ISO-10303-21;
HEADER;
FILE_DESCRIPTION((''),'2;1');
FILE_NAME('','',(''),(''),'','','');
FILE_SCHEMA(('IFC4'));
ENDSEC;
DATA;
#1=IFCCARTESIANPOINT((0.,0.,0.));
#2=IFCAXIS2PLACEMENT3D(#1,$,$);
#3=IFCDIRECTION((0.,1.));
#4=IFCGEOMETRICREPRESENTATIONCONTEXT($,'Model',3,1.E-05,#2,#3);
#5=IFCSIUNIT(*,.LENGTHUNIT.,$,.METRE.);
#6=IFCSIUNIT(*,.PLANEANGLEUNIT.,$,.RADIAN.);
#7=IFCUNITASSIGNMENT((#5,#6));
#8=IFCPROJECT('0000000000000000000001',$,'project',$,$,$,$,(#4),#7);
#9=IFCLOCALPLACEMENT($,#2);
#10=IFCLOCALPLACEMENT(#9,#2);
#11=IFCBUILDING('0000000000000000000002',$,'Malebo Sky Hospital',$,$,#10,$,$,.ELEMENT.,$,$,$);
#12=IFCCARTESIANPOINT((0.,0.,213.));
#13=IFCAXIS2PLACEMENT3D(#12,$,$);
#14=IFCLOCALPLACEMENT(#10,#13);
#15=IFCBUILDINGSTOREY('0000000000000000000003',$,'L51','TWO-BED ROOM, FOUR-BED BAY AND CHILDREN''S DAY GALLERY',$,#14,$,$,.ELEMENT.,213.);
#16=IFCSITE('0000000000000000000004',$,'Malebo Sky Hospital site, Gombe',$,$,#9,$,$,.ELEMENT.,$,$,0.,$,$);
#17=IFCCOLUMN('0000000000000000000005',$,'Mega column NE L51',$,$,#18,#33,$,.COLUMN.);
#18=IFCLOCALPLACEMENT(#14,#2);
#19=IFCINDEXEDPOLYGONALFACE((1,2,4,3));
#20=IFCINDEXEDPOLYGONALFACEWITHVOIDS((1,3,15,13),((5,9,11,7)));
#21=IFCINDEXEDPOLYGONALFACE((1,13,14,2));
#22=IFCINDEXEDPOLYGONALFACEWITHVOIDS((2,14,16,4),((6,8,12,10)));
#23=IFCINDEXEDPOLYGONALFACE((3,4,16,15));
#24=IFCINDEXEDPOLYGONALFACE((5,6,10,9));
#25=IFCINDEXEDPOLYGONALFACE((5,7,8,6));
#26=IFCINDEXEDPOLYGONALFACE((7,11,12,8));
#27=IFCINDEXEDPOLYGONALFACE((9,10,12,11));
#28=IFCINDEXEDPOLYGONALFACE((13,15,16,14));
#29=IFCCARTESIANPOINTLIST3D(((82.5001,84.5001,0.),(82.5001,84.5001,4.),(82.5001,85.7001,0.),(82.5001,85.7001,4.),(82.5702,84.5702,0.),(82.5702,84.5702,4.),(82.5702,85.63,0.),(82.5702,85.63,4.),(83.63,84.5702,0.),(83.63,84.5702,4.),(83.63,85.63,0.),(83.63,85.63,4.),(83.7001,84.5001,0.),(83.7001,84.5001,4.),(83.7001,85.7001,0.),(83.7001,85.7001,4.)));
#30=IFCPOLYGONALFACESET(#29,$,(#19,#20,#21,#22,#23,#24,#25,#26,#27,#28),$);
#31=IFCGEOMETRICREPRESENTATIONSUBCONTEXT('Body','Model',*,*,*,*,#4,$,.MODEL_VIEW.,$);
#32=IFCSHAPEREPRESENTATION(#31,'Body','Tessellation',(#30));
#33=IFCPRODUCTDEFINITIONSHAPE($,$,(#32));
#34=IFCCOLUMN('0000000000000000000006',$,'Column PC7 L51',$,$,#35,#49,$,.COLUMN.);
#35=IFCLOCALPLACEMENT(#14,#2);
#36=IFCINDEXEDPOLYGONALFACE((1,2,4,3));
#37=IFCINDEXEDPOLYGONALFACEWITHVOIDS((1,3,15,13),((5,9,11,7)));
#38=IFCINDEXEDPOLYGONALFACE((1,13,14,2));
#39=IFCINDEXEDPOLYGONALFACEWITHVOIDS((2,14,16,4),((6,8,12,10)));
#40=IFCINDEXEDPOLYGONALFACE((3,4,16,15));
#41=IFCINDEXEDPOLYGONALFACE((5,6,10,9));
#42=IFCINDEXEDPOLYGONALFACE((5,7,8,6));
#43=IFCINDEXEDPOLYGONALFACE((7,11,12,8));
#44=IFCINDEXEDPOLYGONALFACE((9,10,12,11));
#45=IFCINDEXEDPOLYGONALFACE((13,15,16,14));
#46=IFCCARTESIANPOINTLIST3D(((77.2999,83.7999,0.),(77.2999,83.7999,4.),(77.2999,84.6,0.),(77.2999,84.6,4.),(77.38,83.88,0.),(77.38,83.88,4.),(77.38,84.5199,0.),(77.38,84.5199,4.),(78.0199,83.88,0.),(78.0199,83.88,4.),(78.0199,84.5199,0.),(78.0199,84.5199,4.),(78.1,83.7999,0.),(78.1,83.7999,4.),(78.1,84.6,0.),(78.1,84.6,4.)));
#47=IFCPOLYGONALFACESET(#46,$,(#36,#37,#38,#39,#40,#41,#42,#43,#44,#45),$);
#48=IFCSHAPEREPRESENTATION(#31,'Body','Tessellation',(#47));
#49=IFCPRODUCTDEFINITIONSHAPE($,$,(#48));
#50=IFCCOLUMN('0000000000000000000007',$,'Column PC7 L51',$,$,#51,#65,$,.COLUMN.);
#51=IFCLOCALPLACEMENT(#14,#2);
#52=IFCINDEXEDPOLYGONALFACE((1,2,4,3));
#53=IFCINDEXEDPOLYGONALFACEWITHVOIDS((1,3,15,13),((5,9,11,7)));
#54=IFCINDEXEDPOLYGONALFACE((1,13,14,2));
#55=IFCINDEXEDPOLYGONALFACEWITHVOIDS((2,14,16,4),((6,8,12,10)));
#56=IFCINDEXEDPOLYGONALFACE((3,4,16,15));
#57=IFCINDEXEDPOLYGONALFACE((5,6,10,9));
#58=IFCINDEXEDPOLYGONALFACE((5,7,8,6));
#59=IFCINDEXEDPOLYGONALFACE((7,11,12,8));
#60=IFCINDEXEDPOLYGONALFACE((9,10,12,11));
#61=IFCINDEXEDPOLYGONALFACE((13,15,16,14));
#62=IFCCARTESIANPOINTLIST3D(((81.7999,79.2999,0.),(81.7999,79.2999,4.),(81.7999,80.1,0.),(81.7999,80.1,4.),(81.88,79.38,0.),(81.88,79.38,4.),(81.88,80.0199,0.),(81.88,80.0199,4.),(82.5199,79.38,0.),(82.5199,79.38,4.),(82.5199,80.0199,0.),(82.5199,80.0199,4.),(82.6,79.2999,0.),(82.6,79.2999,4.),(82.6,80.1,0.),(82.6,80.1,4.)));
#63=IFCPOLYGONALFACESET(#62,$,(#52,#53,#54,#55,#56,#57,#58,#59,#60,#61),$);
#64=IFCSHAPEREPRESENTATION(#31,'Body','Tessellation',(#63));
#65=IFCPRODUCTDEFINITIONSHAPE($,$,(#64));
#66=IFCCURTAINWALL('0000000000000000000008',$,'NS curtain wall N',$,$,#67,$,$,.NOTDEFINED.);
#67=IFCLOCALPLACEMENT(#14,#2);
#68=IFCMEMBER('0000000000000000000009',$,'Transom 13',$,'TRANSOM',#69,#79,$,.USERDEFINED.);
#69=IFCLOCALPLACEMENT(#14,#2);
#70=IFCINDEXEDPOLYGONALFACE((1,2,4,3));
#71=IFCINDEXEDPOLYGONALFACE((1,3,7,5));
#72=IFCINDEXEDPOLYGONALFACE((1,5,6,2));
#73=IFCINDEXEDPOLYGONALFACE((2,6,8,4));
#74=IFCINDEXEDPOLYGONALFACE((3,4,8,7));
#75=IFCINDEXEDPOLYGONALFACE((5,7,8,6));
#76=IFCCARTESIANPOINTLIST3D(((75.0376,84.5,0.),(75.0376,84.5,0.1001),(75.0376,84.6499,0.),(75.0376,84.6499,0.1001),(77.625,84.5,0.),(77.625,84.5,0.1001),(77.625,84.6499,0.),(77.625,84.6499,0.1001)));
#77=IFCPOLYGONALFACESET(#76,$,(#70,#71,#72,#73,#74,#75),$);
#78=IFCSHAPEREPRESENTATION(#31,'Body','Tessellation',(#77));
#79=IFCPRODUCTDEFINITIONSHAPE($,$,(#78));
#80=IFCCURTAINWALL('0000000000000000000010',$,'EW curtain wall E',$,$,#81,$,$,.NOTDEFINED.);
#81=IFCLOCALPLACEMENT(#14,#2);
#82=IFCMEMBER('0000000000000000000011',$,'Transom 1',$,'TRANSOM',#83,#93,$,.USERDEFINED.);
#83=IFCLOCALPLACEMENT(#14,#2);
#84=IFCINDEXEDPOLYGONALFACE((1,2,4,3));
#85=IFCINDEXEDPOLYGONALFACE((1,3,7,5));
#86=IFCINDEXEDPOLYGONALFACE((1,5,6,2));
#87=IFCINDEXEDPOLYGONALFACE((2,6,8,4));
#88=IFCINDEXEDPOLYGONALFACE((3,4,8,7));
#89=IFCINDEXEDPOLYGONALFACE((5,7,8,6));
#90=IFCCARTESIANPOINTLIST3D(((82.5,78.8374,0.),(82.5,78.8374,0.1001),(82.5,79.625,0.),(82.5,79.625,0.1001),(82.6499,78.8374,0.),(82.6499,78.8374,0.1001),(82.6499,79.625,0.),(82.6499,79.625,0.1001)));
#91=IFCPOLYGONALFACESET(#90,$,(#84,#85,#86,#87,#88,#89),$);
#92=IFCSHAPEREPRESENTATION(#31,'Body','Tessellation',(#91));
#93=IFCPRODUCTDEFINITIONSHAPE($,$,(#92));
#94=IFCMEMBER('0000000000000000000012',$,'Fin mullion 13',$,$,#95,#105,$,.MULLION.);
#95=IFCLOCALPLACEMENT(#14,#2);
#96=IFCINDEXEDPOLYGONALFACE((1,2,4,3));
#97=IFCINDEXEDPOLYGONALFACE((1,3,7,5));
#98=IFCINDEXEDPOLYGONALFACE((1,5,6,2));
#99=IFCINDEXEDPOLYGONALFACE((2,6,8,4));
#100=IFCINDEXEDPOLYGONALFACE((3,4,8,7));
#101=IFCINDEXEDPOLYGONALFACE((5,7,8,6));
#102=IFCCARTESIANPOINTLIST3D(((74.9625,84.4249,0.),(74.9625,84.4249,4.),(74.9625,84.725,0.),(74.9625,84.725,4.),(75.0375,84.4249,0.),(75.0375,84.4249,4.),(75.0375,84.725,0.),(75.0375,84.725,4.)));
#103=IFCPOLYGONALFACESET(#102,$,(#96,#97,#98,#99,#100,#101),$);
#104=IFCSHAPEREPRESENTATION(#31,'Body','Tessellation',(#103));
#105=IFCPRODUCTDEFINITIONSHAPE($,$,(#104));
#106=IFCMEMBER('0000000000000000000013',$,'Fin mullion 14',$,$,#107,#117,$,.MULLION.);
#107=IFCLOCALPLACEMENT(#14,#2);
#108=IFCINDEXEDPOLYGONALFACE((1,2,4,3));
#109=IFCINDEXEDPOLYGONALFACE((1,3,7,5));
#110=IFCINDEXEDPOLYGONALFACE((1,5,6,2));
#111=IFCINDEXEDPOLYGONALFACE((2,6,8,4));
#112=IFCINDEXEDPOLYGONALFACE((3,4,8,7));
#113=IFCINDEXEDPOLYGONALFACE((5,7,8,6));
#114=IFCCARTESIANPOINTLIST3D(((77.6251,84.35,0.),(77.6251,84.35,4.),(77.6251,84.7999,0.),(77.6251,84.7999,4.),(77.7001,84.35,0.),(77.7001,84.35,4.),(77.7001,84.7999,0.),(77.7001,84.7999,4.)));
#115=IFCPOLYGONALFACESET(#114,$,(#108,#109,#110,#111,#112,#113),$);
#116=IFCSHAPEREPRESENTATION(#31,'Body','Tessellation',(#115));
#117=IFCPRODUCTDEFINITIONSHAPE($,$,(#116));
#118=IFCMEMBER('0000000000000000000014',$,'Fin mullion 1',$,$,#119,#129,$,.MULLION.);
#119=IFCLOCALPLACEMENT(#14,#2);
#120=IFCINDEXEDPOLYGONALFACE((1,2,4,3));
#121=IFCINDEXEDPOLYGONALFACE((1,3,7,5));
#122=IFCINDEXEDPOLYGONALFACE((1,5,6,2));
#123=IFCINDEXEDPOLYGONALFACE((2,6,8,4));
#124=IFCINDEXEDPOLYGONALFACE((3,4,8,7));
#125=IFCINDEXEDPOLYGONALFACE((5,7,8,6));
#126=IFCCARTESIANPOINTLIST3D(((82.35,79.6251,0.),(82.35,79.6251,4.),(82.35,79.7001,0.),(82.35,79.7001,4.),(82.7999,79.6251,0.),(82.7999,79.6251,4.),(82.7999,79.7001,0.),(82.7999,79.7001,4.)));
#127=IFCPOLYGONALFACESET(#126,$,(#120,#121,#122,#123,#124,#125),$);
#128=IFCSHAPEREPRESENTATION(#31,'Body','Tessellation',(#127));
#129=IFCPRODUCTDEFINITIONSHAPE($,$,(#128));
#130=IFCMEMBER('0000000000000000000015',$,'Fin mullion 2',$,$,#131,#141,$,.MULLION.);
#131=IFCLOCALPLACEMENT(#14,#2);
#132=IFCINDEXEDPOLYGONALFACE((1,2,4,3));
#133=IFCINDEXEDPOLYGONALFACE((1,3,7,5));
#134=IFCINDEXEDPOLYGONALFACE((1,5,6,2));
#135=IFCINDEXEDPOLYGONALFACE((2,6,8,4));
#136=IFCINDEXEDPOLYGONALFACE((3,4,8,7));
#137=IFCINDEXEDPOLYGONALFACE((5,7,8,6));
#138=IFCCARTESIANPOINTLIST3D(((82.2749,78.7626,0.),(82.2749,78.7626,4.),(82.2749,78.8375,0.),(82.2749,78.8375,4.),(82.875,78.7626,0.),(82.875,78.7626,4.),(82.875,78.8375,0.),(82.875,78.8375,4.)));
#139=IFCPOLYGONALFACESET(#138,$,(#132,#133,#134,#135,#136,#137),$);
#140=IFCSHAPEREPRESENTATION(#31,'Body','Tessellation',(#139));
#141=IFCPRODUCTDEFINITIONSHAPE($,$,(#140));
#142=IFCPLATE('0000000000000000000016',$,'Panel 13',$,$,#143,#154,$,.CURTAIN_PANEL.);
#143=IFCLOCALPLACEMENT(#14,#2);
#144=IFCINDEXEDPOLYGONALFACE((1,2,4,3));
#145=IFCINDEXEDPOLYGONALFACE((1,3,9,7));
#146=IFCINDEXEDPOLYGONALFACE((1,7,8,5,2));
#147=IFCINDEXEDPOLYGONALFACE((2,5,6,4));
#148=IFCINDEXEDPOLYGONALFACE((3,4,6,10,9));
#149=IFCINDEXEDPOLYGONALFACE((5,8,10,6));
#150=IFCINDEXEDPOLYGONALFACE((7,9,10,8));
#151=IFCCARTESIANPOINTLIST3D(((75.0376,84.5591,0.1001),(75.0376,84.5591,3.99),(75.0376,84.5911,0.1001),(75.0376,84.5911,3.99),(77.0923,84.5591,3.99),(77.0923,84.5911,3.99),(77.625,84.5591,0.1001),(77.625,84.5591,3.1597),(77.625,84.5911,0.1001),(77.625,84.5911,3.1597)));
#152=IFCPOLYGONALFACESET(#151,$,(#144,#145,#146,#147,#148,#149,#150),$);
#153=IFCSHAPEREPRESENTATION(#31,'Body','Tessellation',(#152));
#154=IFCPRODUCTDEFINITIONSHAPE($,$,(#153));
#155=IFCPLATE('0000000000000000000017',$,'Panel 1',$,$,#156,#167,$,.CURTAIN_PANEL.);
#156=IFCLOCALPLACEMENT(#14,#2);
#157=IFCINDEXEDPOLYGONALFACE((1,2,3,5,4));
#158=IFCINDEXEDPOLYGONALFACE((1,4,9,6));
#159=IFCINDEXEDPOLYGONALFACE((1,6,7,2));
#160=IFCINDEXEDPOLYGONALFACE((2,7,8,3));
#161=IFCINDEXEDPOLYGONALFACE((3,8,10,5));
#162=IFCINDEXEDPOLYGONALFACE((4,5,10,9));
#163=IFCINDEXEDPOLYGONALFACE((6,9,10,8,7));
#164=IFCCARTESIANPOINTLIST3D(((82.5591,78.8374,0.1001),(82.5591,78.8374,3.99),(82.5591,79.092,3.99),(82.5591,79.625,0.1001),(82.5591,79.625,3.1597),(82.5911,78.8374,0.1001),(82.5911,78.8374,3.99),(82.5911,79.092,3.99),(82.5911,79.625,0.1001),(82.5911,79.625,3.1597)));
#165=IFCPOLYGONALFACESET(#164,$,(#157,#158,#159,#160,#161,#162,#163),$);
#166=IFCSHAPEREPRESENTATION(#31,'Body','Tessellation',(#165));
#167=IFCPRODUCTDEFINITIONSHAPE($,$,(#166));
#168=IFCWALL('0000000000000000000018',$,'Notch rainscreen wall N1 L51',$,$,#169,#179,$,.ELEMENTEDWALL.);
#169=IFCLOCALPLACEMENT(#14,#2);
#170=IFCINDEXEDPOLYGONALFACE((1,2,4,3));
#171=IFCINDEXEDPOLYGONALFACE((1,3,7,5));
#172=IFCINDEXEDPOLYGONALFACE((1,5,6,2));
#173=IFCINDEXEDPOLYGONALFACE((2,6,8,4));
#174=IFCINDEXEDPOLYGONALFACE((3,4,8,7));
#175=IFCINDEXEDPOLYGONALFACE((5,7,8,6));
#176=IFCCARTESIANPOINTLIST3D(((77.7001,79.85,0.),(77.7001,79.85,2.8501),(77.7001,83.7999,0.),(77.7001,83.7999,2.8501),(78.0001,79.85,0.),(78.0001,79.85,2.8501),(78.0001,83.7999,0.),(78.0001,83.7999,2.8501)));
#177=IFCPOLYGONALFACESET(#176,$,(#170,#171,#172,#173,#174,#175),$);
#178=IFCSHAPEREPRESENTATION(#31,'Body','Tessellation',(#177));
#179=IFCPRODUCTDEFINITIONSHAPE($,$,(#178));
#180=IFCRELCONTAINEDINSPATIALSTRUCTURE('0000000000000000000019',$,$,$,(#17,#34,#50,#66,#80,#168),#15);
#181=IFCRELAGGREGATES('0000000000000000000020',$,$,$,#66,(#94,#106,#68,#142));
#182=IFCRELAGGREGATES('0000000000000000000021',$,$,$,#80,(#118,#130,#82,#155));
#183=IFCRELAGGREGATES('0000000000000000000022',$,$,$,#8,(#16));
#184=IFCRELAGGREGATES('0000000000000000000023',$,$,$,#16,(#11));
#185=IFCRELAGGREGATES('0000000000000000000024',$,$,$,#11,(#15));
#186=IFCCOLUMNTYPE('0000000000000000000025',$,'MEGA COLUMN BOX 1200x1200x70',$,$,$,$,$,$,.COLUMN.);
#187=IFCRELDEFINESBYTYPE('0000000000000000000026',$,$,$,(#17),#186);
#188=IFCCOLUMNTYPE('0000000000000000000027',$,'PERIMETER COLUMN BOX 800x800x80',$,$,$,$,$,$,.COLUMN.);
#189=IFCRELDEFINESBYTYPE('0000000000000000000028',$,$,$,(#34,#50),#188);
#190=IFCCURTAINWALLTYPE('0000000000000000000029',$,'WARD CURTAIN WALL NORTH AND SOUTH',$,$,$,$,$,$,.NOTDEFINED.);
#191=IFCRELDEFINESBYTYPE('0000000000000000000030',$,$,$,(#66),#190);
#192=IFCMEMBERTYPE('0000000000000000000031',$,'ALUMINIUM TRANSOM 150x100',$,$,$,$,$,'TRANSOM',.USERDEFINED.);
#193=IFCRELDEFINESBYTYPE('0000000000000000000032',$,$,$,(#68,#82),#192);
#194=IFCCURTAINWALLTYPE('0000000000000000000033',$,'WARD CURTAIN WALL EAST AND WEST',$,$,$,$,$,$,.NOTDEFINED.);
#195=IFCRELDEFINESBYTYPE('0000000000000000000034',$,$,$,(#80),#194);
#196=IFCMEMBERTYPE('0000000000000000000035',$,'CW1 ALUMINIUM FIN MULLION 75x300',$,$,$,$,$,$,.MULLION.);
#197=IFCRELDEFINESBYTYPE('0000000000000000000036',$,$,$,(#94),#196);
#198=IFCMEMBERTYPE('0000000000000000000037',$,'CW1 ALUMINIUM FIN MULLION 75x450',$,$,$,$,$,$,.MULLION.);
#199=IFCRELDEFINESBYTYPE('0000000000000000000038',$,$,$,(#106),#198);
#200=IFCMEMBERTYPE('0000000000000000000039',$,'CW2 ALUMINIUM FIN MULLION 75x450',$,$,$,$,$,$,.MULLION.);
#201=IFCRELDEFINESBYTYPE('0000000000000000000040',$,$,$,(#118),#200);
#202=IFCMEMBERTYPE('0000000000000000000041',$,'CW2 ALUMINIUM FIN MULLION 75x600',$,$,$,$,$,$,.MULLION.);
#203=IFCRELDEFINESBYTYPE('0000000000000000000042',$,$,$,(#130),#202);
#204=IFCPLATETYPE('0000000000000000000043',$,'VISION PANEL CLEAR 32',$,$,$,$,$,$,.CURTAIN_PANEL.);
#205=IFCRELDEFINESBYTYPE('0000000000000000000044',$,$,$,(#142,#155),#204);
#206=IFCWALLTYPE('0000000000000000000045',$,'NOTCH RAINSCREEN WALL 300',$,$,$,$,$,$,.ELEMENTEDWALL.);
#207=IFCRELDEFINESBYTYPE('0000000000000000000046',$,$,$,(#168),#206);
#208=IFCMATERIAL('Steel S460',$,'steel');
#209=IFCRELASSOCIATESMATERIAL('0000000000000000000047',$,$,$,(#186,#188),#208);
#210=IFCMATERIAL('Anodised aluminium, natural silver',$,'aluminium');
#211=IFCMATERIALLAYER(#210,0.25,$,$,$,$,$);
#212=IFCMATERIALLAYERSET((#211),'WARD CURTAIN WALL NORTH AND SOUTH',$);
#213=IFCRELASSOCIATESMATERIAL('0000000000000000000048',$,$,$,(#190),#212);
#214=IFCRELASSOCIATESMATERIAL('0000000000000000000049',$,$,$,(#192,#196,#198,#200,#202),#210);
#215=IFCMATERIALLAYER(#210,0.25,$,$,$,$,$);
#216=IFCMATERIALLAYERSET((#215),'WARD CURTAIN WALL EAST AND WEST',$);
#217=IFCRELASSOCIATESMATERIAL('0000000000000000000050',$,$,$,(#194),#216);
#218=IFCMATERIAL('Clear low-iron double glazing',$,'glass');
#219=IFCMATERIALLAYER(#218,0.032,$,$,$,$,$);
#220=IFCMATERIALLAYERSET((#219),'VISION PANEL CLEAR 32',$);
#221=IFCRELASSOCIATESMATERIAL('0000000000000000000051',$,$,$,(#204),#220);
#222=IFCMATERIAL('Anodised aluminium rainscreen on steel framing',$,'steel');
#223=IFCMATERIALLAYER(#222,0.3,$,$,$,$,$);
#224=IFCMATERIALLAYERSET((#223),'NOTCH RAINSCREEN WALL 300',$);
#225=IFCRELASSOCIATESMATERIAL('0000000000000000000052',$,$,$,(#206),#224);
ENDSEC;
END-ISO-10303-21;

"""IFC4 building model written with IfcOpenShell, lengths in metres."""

from ifc_helpers import new_model, si_unit, direction, frame, frame_2d, origin, origin_2d, place, context, subcontext, project, spatial, polyline, rectangle, hollow_rectangle, outline, extrude, material, layer, layer_set, material_profile, profile_set, type_object, element, aggregate, save


model = new_model("IFC4")

# Units and contexts
model_context = context("Model", 3, precision=1e-05, world=origin(), true_north=direction((0.0, 1.0)))
body_context = subcontext(model_context, "Body", "Model", "MODEL_VIEW")
ifc_project = project(units=[si_unit("LENGTHUNIT", "METRE"), si_unit("PLANEANGLEUNIT", "RADIAN")], contexts=[model_context])

# Site, building, storey
site_placement = place(None, origin())
site = spatial("IfcSite", under=ifc_project, at=site_placement, Name="Malebo Sky Hospital site, Gombe", CompositionType="ELEMENT", RefElevation=0.0)
building_placement = place(site_placement, origin())
building = spatial("IfcBuilding", under=site, at=building_placement, Name="Malebo Sky Hospital", CompositionType="ELEMENT")
storey_placement = place(building_placement, frame((0.0, 0.0, 213.0)))
storey = spatial("IfcBuildingStorey", under=building, at=storey_placement, Name="L51", Description="TWO-BED ROOM, FOUR-BED BAY AND CHILDREN'S DAY GALLERY", CompositionType="ELEMENT", Elevation=213.0)

# Columns
ifc_material_1 = material(Name="Steel S460", Category="steel")
ifc_material_profile_1 = material_profile(ifc_material_1, hollow_rectangle(XDim=1.2, YDim=1.2, WallThickness=0.0701, at=origin_2d()), Name="BOX 1200x1200x70")
ifc_profile_set_1 = profile_set([ifc_material_profile_1], Name="Steel S460")
column_type_1 = type_object("IfcColumnType", Name="MEGA COLUMN BOX 1200x1200x70", PredefinedType="COLUMN", material=ifc_profile_set_1)
column_placement = place(storey_placement, frame((83.1001, 85.1001, 0.0), z_axis=(0.0, 0.0, 1.0), x_axis=(1.0, 0.0, 0.0)))
element("IfcColumn", 1, at=column_placement, inside=storey, type_object=column_type_1, Name="Mega column NE L51", PredefinedType="COLUMN", context=body_context, shape_type="SweptSolid", body=[
    extrude(hollow_rectangle(XDim=1.2, YDim=1.2, WallThickness=0.0701, at=origin_2d()), origin(), (0.0, 0.0, 1.0), 4.0),
])
ifc_material_profile_2 = material_profile(ifc_material_1, hollow_rectangle(XDim=0.8, YDim=0.8, WallThickness=0.0801, at=origin_2d()), Name="BOX 800x800x80")
ifc_profile_set_2 = profile_set([ifc_material_profile_2], Name="Steel S460")
column_type_2 = type_object("IfcColumnType", Name="PERIMETER COLUMN BOX 800x800x80", PredefinedType="COLUMN", material=ifc_profile_set_2)
for number, where, z_axis, x_axis, name in (
    (2, (77.7, 84.2, 0.0), (0.0, 0.0, 1.0), (1.0, 0.0, 0.0), "Column PC7 L51"),
    (3, (82.2, 79.7, 0.0), (0.0, 0.0, 1.0), (1.0, 0.0, 0.0), "Column PC7 L51"),
):
    element("IfcColumn", number, at=place(storey_placement, frame(where, z_axis=z_axis, x_axis=x_axis)), inside=storey, type_object=column_type_2, Name=name, PredefinedType="COLUMN", context=body_context, shape_type="SweptSolid", body=[
        extrude(hollow_rectangle(XDim=0.8, YDim=0.8, WallThickness=0.0801, at=origin_2d()), origin(), (0.0, 0.0, 1.0), 4.0),
    ])

# Curtain walls, members
ifc_material_2 = material(Name="Anodised aluminium, natural silver", Category="aluminium")
ifc_layer_1 = layer(ifc_material_2, 0.25)
ifc_layer_set_1 = layer_set([ifc_layer_1], Name="WARD CURTAIN WALL NORTH AND SOUTH")
curtain_wall_type_1 = type_object("IfcCurtainWallType", Name="WARD CURTAIN WALL NORTH AND SOUTH", PredefinedType="NOTDEFINED", material=ifc_layer_set_1)
curtain_wall_1_placement = place(storey_placement, origin())
curtain_wall_1 = element("IfcCurtainWall", 4, at=curtain_wall_1_placement, inside=storey, type_object=curtain_wall_type_1, Name="NS curtain wall N", PredefinedType="NOTDEFINED")
ifc_material_profile_3 = material_profile(ifc_material_2, rectangle(XDim=0.1499, YDim=0.1001, at=origin_2d()), Name="ALUMINIUM TRANSOM 150x100")
ifc_profile_set_3 = profile_set([ifc_material_profile_3], Name="Anodised aluminium, natural silver")
member_type_1 = type_object("IfcMemberType", Name="ALUMINIUM TRANSOM 150x100", ElementType="TRANSOM", PredefinedType="USERDEFINED", material=ifc_profile_set_3)
member_1_placement = place(storey_placement, frame((75.0376, 84.575, 0.05), z_axis=(1.0, 0.0, 0.0), x_axis=(0.0, 1.0, 0.0)))
member_1 = element("IfcMember", 5, at=member_1_placement, type_object=member_type_1, Name="Transom 13", ObjectType="TRANSOM", PredefinedType="USERDEFINED", context=body_context, shape_type="SweptSolid", body=[
    extrude(rectangle(XDim=0.1499, YDim=0.1001, at=origin_2d()), origin(), (0.0, 0.0, 1.0), 2.5874),
])
ifc_layer_2 = layer(ifc_material_2, 0.25)
ifc_layer_set_2 = layer_set([ifc_layer_2], Name="WARD CURTAIN WALL EAST AND WEST")
curtain_wall_type_2 = type_object("IfcCurtainWallType", Name="WARD CURTAIN WALL EAST AND WEST", PredefinedType="NOTDEFINED", material=ifc_layer_set_2)
curtain_wall_2_placement = place(storey_placement, origin())
curtain_wall_2 = element("IfcCurtainWall", 6, at=curtain_wall_2_placement, inside=storey, type_object=curtain_wall_type_2, Name="EW curtain wall E", PredefinedType="NOTDEFINED")
member_2_placement = place(storey_placement, frame((82.575, 79.625, 0.05), z_axis=(0.0, -1.0, 0.0), x_axis=(1.0, 0.0, 0.0)))
member_2 = element("IfcMember", 7, at=member_2_placement, type_object=member_type_1, Name="Transom 1", ObjectType="TRANSOM", PredefinedType="USERDEFINED", context=body_context, shape_type="SweptSolid", body=[
    extrude(rectangle(XDim=0.1499, YDim=0.1001, at=origin_2d()), origin(), (0.0, 0.0, 1.0), 0.7876),
])

# Members
ifc_material_profile_4 = material_profile(ifc_material_2, rectangle(XDim=0.075, YDim=0.3, at=origin_2d()), Name="CW1 ALUMINIUM FIN MULLION 75x300")
ifc_profile_set_4 = profile_set([ifc_material_profile_4], Name="Anodised aluminium, natural silver")
member_type_2 = type_object("IfcMemberType", Name="CW1 ALUMINIUM FIN MULLION 75x300", PredefinedType="MULLION", material=ifc_profile_set_4)
member_3_placement = place(storey_placement, frame((75.0, 84.575, 0.0), z_axis=(0.0, 0.0, 1.0), x_axis=(1.0, 0.0, 0.0)))
member_3 = element("IfcMember", 8, at=member_3_placement, type_object=member_type_2, Name="Fin mullion 13", PredefinedType="MULLION", context=body_context, shape_type="SweptSolid", body=[
    extrude(rectangle(XDim=0.075, YDim=0.3, at=origin_2d()), origin(), (0.0, 0.0, 1.0), 4.0),
])
ifc_material_profile_5 = material_profile(ifc_material_2, rectangle(XDim=0.075, YDim=0.45, at=origin_2d()), Name="CW1 ALUMINIUM FIN MULLION 75x450")
ifc_profile_set_5 = profile_set([ifc_material_profile_5], Name="Anodised aluminium, natural silver")
member_type_3 = type_object("IfcMemberType", Name="CW1 ALUMINIUM FIN MULLION 75x450", PredefinedType="MULLION", material=ifc_profile_set_5)
member_4_placement = place(storey_placement, frame((77.6626, 84.575, 0.0), z_axis=(0.0, 0.0, 1.0), x_axis=(1.0, 0.0, 0.0)))
member_4 = element("IfcMember", 9, at=member_4_placement, type_object=member_type_3, Name="Fin mullion 14", PredefinedType="MULLION", context=body_context, shape_type="SweptSolid", body=[
    extrude(rectangle(XDim=0.075, YDim=0.45, at=origin_2d()), origin(), (0.0, 0.0, 1.0), 4.0),
])
ifc_material_profile_6 = material_profile(ifc_material_2, rectangle(XDim=0.075, YDim=0.45, at=origin_2d()), Name="CW2 ALUMINIUM FIN MULLION 75x450")
ifc_profile_set_6 = profile_set([ifc_material_profile_6], Name="Anodised aluminium, natural silver")
member_type_4 = type_object("IfcMemberType", Name="CW2 ALUMINIUM FIN MULLION 75x450", PredefinedType="MULLION", material=ifc_profile_set_6)
member_5_placement = place(storey_placement, frame((82.575, 79.6626, 0.0), z_axis=(0.0, 0.0, 1.0), x_axis=(0.0, -1.0, 0.0)))
member_5 = element("IfcMember", 10, at=member_5_placement, type_object=member_type_4, Name="Fin mullion 1", PredefinedType="MULLION", context=body_context, shape_type="SweptSolid", body=[
    extrude(rectangle(XDim=0.075, YDim=0.45, at=origin_2d()), origin(), (0.0, 0.0, 1.0), 4.0),
])
ifc_material_profile_7 = material_profile(ifc_material_2, rectangle(XDim=0.075, YDim=0.6001, at=origin_2d()), Name="CW2 ALUMINIUM FIN MULLION 75x600")
ifc_profile_set_7 = profile_set([ifc_material_profile_7], Name="Anodised aluminium, natural silver")
member_type_5 = type_object("IfcMemberType", Name="CW2 ALUMINIUM FIN MULLION 75x600", PredefinedType="MULLION", material=ifc_profile_set_7)
member_6_placement = place(storey_placement, frame((82.575, 78.8, 0.0), z_axis=(0.0, 0.0, 1.0), x_axis=(0.0, -1.0, 0.0)))
member_6 = element("IfcMember", 11, at=member_6_placement, type_object=member_type_5, Name="Fin mullion 2", PredefinedType="MULLION", context=body_context, shape_type="SweptSolid", body=[
    extrude(rectangle(XDim=0.075, YDim=0.6001, at=origin_2d()), origin(), (0.0, 0.0, 1.0), 4.0),
])

# Plates
ifc_material_3 = material(Name="Clear low-iron double glazing", Category="glass")
ifc_layer_3 = layer(ifc_material_3, 0.032)
ifc_layer_set_3 = layer_set([ifc_layer_3], Name="VISION PANEL CLEAR 32")
plate_type = type_object("IfcPlateType", Name="VISION PANEL CLEAR 32", PredefinedType="CURTAIN_PANEL", material=ifc_layer_set_3)
plate_1_placement = place(storey_placement, frame((76.3313, 84.575, 0.1001), z_axis=(0.0, 0.0, 1.0), x_axis=(1.0, 0.0, 0.0)))
plate_1 = element("IfcPlate", 12, at=plate_1_placement, type_object=plate_type, Name="Panel 13", PredefinedType="CURTAIN_PANEL", context=body_context, shape_type="SweptSolid", body=[
    extrude(outline(polyline([(-1.2937, 0.0), (1.2937, 0.0), (1.2937, 3.0596), (0.761, 3.8899), (-1.2937, 3.8899), (-1.2937, 0.0)])), frame((0.0, 0.0161, 0.0), z_axis=(0.0, -1.0, 0.0), x_axis=(1.0, 0.0, 0.0)), (0.0, 0.0, 1.0), 0.032),
])
aggregate(curtain_wall_1, [member_3, member_4, member_1, plate_1])
plate_2_placement = place(storey_placement, frame((82.575, 79.2312, 0.1001), z_axis=(0.0, 0.0, 1.0), x_axis=(0.0, -1.0, 0.0)))
plate_2 = element("IfcPlate", 13, at=plate_2_placement, type_object=plate_type, Name="Panel 1", PredefinedType="CURTAIN_PANEL", context=body_context, shape_type="SweptSolid", body=[
    extrude(outline(polyline([(-0.3938, 0.0), (0.3938, 0.0), (0.3938, 3.8899), (0.1392, 3.8899), (-0.3938, 3.0596), (-0.3938, 0.0)])), frame((0.0, 0.0161, 0.0), z_axis=(0.0, -1.0, 0.0), x_axis=(1.0, 0.0, 0.0)), (0.0, 0.0, 1.0), 0.032),
])
aggregate(curtain_wall_2, [member_5, member_6, member_2, plate_2])

# Wall
ifc_material_4 = material(Name="Anodised aluminium rainscreen on steel framing", Category="steel")
ifc_layer_4 = layer(ifc_material_4, 0.3)
ifc_layer_set_4 = layer_set([ifc_layer_4], Name="NOTCH RAINSCREEN WALL 300")
wall_type_1 = type_object("IfcWallType", Name="NOTCH RAINSCREEN WALL 300", PredefinedType="ELEMENTEDWALL", material=ifc_layer_set_4)
for number, where, z_axis, x_axis, name in (
    (14, (77.8501, 83.8, 0.0), (0.0, 0.0, 1.0), (0.0, -1.0, 0.0), "Notch rainscreen wall N1 L51"),
):
    element("IfcWall", number, at=place(storey_placement, frame(where, z_axis=z_axis, x_axis=x_axis)), inside=storey, type_object=wall_type_1, Name=name, PredefinedType="ELEMENTEDWALL", context=body_context, shape_type="SweptSolid", body=[
        extrude(rectangle(XDim=3.95, YDim=0.3, at=frame_2d((1.9751, 0.0))), origin(), (0.0, 0.0, 1.0), 2.8501),
    ])

save(model, "model.ifc")
